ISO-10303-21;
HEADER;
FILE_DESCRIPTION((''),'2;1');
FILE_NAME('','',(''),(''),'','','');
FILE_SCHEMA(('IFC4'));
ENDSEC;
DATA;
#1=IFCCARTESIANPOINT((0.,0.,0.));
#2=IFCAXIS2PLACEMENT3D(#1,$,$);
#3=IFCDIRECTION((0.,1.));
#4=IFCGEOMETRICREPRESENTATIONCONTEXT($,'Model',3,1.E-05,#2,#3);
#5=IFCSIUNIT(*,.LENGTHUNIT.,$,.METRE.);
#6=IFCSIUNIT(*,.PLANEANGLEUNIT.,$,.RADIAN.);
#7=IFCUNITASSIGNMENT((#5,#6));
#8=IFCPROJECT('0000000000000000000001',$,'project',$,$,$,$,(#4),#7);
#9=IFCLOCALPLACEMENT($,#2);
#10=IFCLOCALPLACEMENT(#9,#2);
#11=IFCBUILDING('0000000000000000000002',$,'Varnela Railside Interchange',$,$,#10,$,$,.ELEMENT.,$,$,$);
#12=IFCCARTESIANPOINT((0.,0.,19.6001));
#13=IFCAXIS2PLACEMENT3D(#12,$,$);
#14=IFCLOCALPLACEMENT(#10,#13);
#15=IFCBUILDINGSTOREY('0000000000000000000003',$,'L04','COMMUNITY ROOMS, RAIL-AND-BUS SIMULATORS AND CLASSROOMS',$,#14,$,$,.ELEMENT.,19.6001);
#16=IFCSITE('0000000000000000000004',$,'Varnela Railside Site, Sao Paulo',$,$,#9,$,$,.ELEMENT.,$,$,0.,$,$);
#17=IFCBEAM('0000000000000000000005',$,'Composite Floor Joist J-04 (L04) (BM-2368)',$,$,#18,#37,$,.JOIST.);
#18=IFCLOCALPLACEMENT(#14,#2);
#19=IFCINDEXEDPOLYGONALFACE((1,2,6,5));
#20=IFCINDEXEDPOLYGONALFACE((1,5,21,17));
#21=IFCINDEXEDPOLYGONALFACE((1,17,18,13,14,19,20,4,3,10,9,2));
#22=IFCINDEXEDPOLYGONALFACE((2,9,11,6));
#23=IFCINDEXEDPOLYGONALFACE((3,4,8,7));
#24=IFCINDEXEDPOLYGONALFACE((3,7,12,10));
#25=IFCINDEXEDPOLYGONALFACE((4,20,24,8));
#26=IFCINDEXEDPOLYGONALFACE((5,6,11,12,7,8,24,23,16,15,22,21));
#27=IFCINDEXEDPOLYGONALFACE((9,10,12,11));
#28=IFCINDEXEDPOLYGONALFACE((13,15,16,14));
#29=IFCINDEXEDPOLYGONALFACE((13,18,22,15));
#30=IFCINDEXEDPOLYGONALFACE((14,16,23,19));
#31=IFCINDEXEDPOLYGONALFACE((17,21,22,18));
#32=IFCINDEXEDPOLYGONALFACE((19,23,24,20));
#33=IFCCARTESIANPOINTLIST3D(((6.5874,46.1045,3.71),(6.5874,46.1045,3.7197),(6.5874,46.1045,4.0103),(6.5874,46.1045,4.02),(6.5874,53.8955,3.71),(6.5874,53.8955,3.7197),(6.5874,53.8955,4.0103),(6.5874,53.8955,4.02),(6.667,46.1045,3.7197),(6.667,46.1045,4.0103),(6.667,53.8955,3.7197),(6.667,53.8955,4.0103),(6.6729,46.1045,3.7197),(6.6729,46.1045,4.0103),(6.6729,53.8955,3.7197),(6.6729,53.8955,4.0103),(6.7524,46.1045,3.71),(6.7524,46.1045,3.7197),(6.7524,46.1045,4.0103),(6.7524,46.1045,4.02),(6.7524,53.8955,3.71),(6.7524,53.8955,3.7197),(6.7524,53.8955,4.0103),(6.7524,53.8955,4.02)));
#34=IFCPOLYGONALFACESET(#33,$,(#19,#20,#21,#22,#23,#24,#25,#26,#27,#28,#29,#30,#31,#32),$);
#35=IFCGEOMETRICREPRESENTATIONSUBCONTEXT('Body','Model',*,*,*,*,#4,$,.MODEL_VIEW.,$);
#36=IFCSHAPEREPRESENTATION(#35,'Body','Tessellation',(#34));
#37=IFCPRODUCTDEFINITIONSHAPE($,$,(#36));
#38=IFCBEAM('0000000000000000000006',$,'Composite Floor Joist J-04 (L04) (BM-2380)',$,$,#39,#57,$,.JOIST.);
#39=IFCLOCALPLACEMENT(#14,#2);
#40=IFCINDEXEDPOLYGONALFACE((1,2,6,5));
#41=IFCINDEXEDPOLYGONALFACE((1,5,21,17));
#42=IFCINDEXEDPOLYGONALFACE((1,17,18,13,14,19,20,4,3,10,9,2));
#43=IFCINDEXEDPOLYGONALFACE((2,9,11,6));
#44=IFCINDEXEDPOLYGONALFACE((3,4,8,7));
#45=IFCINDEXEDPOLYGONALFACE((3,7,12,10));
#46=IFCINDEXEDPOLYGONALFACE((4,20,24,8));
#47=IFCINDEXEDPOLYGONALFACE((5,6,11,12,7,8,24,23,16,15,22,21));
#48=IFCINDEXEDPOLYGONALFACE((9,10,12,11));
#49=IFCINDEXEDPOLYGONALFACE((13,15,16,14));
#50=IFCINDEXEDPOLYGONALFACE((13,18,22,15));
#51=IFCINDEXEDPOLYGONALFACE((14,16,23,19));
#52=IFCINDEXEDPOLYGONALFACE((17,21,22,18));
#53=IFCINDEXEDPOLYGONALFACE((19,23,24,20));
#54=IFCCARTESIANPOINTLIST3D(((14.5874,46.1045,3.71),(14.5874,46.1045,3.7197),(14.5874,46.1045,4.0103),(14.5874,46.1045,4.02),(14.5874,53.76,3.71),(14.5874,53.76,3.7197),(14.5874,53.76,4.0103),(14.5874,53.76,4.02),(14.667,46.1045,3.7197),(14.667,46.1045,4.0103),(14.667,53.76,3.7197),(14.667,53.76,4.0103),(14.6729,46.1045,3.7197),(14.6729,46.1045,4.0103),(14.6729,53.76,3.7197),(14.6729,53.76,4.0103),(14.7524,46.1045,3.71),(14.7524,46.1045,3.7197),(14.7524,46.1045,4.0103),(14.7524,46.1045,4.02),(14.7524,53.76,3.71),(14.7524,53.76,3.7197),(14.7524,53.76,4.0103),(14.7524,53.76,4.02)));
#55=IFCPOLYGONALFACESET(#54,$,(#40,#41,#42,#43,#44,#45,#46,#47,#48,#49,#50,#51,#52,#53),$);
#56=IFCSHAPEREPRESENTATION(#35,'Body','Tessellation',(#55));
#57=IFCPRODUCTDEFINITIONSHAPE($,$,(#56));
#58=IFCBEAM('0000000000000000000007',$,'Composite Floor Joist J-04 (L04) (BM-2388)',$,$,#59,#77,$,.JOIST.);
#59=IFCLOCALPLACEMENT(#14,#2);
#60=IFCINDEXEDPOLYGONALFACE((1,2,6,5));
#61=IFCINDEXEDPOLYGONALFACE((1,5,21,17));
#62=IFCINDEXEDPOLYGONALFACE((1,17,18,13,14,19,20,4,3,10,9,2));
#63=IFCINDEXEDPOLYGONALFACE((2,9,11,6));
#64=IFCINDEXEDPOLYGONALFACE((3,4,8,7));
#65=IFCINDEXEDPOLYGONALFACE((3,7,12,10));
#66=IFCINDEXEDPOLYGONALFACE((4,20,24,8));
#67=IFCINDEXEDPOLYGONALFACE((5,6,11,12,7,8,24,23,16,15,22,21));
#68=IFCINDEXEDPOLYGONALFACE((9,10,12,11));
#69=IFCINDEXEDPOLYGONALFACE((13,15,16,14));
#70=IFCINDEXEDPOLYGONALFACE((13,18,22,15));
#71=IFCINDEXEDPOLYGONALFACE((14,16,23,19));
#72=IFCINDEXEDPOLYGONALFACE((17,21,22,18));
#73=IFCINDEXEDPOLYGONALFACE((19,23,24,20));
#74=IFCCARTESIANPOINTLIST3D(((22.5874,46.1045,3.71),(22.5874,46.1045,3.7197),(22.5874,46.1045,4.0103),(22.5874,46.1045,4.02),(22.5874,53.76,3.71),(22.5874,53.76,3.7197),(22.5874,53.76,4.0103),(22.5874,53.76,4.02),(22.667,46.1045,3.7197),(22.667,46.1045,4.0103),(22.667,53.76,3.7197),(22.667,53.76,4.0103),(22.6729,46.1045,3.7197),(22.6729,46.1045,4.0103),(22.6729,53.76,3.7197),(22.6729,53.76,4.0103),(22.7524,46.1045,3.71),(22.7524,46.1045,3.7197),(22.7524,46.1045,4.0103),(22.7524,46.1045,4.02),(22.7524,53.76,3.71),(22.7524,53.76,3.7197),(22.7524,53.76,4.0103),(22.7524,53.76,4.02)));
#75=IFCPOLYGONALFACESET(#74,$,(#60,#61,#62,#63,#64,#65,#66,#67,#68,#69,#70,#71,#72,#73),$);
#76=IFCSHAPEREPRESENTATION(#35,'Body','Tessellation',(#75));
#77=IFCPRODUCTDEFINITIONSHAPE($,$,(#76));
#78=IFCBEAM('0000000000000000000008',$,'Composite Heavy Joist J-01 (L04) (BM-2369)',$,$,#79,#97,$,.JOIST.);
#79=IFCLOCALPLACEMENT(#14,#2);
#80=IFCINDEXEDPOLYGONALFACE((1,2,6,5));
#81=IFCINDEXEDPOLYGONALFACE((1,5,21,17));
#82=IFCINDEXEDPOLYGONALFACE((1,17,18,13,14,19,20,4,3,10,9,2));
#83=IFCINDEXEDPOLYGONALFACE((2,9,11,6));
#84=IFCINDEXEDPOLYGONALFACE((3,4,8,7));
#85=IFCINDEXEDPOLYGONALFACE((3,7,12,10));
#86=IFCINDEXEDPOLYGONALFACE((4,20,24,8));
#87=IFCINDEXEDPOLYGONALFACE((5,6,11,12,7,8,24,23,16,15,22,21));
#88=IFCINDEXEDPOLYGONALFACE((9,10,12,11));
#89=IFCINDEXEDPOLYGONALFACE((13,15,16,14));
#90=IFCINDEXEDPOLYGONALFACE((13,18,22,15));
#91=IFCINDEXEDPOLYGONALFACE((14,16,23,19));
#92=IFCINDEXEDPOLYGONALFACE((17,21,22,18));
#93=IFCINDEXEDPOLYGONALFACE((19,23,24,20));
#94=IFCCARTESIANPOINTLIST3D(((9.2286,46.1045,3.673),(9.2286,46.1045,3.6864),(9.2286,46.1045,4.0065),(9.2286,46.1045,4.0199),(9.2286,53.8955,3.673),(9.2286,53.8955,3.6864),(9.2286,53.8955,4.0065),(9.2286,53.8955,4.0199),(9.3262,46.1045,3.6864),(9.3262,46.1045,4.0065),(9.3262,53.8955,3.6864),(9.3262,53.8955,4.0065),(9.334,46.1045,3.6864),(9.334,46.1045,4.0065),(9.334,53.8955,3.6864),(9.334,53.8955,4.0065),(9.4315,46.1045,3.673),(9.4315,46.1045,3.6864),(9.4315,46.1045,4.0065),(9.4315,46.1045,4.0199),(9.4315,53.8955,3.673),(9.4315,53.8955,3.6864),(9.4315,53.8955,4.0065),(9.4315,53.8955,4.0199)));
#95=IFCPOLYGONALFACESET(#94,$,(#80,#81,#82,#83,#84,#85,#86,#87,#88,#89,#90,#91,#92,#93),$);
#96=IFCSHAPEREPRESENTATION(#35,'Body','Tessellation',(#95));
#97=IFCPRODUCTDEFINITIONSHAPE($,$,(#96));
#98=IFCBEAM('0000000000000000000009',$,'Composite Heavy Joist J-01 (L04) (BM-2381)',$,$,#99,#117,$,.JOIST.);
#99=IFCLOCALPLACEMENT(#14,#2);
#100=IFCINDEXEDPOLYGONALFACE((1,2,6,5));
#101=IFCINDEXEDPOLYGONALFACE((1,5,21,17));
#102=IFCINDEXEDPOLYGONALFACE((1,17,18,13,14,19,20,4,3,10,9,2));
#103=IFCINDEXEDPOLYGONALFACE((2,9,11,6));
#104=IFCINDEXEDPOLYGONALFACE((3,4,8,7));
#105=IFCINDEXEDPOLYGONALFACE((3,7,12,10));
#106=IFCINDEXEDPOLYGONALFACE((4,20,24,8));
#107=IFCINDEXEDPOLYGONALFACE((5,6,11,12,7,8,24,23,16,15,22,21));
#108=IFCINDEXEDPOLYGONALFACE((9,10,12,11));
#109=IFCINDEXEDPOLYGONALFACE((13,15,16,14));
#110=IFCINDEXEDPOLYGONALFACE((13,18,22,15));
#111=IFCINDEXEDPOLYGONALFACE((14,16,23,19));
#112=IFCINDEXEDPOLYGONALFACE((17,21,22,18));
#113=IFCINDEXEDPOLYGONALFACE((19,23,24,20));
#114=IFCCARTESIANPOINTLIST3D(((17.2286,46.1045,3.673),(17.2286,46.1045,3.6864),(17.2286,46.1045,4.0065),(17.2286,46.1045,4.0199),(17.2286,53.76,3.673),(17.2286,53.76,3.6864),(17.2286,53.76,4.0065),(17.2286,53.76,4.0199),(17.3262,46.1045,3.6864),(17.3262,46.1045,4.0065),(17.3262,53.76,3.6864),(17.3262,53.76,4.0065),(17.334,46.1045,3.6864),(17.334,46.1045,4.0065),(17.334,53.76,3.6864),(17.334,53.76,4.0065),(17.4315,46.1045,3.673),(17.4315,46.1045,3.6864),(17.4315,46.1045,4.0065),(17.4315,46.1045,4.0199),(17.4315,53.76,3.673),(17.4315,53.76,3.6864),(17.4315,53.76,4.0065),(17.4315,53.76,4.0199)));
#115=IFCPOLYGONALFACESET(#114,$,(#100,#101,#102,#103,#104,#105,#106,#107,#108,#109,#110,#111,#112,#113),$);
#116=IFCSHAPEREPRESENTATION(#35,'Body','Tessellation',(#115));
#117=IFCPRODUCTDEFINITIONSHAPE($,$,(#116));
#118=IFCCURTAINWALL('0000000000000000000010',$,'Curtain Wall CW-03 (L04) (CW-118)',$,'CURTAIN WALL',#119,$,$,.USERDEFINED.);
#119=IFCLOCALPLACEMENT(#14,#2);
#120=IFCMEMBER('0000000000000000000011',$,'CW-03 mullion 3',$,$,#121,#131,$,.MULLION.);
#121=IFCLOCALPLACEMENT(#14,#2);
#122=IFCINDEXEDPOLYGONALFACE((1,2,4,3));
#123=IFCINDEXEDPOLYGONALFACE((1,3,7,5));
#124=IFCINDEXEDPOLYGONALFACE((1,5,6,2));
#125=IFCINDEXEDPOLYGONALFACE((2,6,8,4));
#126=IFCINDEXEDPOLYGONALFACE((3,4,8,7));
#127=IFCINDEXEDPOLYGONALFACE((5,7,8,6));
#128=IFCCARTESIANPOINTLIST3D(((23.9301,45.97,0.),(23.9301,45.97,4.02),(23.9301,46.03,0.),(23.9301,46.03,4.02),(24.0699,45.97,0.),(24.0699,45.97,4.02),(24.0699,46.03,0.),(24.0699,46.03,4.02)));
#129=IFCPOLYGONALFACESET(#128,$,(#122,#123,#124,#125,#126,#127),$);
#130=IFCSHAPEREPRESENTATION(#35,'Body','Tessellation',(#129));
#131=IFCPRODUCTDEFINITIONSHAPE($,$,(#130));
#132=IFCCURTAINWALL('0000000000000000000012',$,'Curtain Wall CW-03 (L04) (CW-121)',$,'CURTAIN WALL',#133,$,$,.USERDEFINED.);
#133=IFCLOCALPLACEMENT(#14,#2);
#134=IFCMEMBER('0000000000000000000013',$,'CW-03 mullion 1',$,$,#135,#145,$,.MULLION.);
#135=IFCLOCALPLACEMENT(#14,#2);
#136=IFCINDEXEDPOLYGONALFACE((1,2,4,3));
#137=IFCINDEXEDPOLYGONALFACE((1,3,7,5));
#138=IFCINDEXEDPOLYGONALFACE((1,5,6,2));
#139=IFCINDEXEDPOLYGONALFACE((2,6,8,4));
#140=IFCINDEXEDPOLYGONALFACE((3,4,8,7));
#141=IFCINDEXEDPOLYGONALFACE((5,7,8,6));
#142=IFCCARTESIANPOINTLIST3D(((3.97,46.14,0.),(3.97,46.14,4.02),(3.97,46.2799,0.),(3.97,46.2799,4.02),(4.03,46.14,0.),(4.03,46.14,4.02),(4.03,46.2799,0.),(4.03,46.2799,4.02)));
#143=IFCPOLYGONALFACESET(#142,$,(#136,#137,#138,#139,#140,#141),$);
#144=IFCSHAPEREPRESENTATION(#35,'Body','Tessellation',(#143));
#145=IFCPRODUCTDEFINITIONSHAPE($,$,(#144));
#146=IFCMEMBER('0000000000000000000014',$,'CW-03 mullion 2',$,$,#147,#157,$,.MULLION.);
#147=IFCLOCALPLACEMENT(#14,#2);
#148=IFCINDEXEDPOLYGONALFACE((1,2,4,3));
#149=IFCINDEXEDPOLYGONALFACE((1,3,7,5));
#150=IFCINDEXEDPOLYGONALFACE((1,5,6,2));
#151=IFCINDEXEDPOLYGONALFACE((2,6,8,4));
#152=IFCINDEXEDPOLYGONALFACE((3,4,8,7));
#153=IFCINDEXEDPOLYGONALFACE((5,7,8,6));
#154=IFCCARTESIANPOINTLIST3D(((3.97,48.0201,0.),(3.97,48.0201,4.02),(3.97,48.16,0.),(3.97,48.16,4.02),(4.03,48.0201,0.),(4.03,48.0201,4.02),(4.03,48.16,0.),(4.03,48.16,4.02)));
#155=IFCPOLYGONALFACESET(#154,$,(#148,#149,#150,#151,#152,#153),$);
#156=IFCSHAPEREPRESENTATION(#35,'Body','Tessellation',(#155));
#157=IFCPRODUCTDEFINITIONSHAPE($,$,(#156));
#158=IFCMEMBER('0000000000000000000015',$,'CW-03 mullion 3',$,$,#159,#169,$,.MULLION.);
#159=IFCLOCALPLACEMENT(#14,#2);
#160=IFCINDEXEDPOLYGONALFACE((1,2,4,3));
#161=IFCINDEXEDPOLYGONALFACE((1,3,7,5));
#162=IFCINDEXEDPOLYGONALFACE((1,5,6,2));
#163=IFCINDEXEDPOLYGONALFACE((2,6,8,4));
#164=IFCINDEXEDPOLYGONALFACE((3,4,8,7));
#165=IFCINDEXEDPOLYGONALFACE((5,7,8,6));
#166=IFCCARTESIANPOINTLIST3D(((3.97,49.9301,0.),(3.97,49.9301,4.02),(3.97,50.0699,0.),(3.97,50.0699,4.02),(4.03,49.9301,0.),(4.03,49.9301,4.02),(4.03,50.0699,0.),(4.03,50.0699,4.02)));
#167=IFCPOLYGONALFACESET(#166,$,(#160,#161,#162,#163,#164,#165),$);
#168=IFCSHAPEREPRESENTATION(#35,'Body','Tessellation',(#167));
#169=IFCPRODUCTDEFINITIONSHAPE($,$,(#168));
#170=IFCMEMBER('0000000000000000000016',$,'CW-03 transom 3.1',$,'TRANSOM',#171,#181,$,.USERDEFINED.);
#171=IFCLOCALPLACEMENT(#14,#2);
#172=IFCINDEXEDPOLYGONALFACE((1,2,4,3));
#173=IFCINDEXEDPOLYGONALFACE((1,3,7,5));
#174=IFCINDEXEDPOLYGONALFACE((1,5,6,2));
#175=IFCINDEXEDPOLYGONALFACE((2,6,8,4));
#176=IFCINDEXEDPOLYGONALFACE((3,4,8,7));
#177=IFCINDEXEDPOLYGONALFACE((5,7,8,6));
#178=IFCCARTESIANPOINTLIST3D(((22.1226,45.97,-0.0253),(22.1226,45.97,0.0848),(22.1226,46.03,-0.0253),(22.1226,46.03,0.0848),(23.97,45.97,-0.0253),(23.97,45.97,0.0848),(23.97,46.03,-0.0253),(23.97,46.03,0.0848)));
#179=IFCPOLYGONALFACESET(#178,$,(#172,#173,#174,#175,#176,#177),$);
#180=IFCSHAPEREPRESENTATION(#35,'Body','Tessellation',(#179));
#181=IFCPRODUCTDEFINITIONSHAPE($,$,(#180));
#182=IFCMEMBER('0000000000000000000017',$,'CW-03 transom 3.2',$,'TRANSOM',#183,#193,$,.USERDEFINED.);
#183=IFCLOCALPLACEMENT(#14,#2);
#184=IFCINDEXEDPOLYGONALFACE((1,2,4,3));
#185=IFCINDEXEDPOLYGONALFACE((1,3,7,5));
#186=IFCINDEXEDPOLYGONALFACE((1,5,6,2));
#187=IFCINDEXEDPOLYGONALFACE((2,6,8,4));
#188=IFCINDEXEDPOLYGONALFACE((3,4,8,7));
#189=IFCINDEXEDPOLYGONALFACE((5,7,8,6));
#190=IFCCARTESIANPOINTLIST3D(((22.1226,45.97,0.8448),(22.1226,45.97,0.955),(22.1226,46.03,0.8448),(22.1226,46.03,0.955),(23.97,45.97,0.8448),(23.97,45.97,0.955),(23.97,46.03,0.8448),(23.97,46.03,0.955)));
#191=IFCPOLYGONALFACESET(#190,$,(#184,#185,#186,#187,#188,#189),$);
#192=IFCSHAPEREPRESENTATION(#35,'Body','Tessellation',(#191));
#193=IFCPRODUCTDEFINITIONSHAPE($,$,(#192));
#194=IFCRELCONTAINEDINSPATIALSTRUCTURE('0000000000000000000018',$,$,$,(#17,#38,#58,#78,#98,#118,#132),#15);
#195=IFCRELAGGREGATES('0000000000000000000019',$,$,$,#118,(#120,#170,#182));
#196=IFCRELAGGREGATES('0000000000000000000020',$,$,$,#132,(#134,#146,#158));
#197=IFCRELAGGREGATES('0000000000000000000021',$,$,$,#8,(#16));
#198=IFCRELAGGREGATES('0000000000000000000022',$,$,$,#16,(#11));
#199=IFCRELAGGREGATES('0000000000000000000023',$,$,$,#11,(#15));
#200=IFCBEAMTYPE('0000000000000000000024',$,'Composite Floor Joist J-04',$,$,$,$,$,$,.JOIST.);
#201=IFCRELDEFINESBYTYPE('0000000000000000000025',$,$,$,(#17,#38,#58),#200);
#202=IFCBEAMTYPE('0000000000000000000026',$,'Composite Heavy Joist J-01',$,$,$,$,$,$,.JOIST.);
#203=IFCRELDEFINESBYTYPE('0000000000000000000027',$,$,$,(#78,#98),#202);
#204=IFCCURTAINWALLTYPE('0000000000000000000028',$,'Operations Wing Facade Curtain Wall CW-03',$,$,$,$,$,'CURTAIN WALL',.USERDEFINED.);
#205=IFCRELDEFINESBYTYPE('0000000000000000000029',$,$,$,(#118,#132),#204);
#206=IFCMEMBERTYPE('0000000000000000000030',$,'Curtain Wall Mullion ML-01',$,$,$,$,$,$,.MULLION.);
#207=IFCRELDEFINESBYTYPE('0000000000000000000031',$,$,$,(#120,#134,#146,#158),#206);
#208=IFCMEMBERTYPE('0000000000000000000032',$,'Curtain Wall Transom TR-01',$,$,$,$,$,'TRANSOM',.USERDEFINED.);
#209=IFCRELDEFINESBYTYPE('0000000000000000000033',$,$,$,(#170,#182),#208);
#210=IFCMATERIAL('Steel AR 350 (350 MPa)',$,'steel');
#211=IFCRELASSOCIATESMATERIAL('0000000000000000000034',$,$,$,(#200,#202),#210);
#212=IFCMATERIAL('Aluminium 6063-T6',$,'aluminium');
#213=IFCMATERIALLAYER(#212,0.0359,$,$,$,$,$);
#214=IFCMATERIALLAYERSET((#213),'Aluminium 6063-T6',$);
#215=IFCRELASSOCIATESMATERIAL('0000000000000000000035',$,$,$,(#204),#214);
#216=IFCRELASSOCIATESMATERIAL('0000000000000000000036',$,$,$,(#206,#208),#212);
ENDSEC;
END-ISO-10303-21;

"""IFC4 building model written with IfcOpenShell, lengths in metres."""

from ifc_helpers import new_model, si_unit, direction, frame, origin, origin_2d, place, context, subcontext, project, spatial, rectangle, i_section, extrude, material, layer, layer_set, material_profile, profile_set, type_object, element, aggregate, save


model = new_model("IFC4")

# Units and contexts
model_context = context("Model", 3, precision=1e-05, world=origin(), true_north=direction((0.0, 1.0)))
body_context = subcontext(model_context, "Body", "Model", "MODEL_VIEW")
ifc_project = project(units=[si_unit("LENGTHUNIT", "METRE"), si_unit("PLANEANGLEUNIT", "RADIAN")], contexts=[model_context])

# Site, building, storey
site_placement = place(None, origin())
site = spatial("IfcSite", under=ifc_project, at=site_placement, Name="Varnela Railside Site, Sao Paulo", CompositionType="ELEMENT", RefElevation=0.0)
building_placement = place(site_placement, origin())
building = spatial("IfcBuilding", under=site, at=building_placement, Name="Varnela Railside Interchange", CompositionType="ELEMENT")
storey_placement = place(building_placement, frame((0.0, 0.0, 19.6001)))
storey = spatial("IfcBuildingStorey", under=building, at=storey_placement, Name="L04", Description="COMMUNITY ROOMS, RAIL-AND-BUS SIMULATORS AND CLASSROOMS", CompositionType="ELEMENT", Elevation=19.6001)

# Beams
ifc_material_1 = material(Name="Steel AR 350 (350 MPa)", Category="steel")
ifc_material_profile_1 = material_profile(ifc_material_1, i_section(OverallWidth=0.165, OverallDepth=0.3101, WebThickness=0.0059, FlangeThickness=0.0098, at=origin_2d()), Name="W310x38.7")
ifc_profile_set_1 = profile_set([ifc_material_profile_1], Name="Steel AR 350 (350 MPa)")
beam_type_1 = type_object("IfcBeamType", Name="Composite Floor Joist J-04", PredefinedType="JOIST", material=ifc_profile_set_1)
beam_1_placement = place(storey_placement, frame((6.6699, 46.1045, 3.865), z_axis=(0.0, 1.0, 0.0), x_axis=(-1.0, 0.0, 0.0)))
element("IfcBeam", 1, at=beam_1_placement, inside=storey, type_object=beam_type_1, Name="Composite Floor Joist J-04 (L04) (BM-2368)", PredefinedType="JOIST", context=body_context, shape_type="SweptSolid", body=[
    extrude(i_section(OverallWidth=0.165, OverallDepth=0.3101, WebThickness=0.0059, FlangeThickness=0.0098, at=origin_2d()), origin(), (0.0, 0.0, 1.0), 7.791),
])
for number, where, z_axis, x_axis, name in (
    (2, (14.6699, 46.1045, 3.865), (0.0, 1.0, 0.0), (-1.0, 0.0, 0.0), "Composite Floor Joist J-04 (L04) (BM-2380)"),
    (3, (22.6699, 46.1045, 3.865), (0.0, 1.0, 0.0), (-1.0, 0.0, 0.0), "Composite Floor Joist J-04 (L04) (BM-2388)"),
):
    element("IfcBeam", number, at=place(storey_placement, frame(where, z_axis=z_axis, x_axis=x_axis)), inside=storey, type_object=beam_type_1, Name=name, PredefinedType="JOIST", context=body_context, shape_type="SweptSolid", body=[
        extrude(i_section(OverallWidth=0.165, OverallDepth=0.3101, WebThickness=0.0059, FlangeThickness=0.0098, at=origin_2d()), origin(), (0.0, 0.0, 1.0), 7.6555),
    ])
ifc_material_profile_2 = material_profile(ifc_material_1, i_section(OverallWidth=0.2029, OverallDepth=0.3469, WebThickness=0.0078, FlangeThickness=0.0134, at=origin_2d()), Name="W360x64")
ifc_profile_set_2 = profile_set([ifc_material_profile_2], Name="Steel AR 350 (350 MPa)")
beam_type_2 = type_object("IfcBeamType", Name="Composite Heavy Joist J-01", PredefinedType="JOIST", material=ifc_profile_set_2)
beam_2_placement = place(storey_placement, frame((9.3301, 46.1045, 3.8464), z_axis=(0.0, 1.0, 0.0), x_axis=(-1.0, 0.0, 0.0)))
element("IfcBeam", 4, at=beam_2_placement, inside=storey, type_object=beam_type_2, Name="Composite Heavy Joist J-01 (L04) (BM-2369)", PredefinedType="JOIST", context=body_context, shape_type="SweptSolid", body=[
    extrude(i_section(OverallWidth=0.2029, OverallDepth=0.3469, WebThickness=0.0078, FlangeThickness=0.0134, at=origin_2d()), origin(), (0.0, 0.0, 1.0), 7.791),
])
beam_3_placement = place(storey_placement, frame((17.3301, 46.1045, 3.8464), z_axis=(0.0, 1.0, 0.0), x_axis=(-1.0, 0.0, 0.0)))
element("IfcBeam", 5, at=beam_3_placement, inside=storey, type_object=beam_type_2, Name="Composite Heavy Joist J-01 (L04) (BM-2381)", PredefinedType="JOIST", context=body_context, shape_type="SweptSolid", body=[
    extrude(i_section(OverallWidth=0.2029, OverallDepth=0.3469, WebThickness=0.0078, FlangeThickness=0.0134, at=origin_2d()), origin(), (0.0, 0.0, 1.0), 7.6555),
])

# Curtain wall, member
ifc_material_2 = material(Name="Aluminium 6063-T6", Category="aluminium")
ifc_layer_1 = layer(ifc_material_2, 0.0359)
ifc_layer_set_1 = layer_set([ifc_layer_1], Name="Aluminium 6063-T6")
curtain_wall_type = type_object("IfcCurtainWallType", Name="Operations Wing Facade Curtain Wall CW-03", ElementType="CURTAIN WALL", PredefinedType="USERDEFINED", material=ifc_layer_set_1)
curtain_wall_1_placement = place(storey_placement, origin())
curtain_wall_1 = element("IfcCurtainWall", 6, at=curtain_wall_1_placement, inside=storey, type_object=curtain_wall_type, Name="Curtain Wall CW-03 (L04) (CW-118)", ObjectType="CURTAIN WALL", PredefinedType="USERDEFINED")
ifc_material_profile_3 = material_profile(ifc_material_2, rectangle(XDim=0.0601, YDim=0.1399, at=origin_2d()), Name="ALU 60x140")
ifc_profile_set_3 = profile_set([ifc_material_profile_3], Name="Aluminium 6063-T6")
member_type_1 = type_object("IfcMemberType", Name="Curtain Wall Mullion ML-01", PredefinedType="MULLION", material=ifc_profile_set_3)
member_1_placement = place(storey_placement, frame((24.0, 46.0, 0.0), z_axis=(0.0, 0.0, 1.0), x_axis=(0.0, -1.0, 0.0)))
member_1 = element("IfcMember", 7, at=member_1_placement, type_object=member_type_1, Name="CW-03 mullion 3", PredefinedType="MULLION", context=body_context, shape_type="SweptSolid", body=[
    extrude(rectangle(XDim=0.0601, YDim=0.1399, at=origin_2d()), origin(), (0.0, 0.0, 1.0), 4.02),
])

# Curtain wall, members
curtain_wall_2_placement = place(storey_placement, origin())
curtain_wall_2 = element("IfcCurtainWall", 8, at=curtain_wall_2_placement, inside=storey, type_object=curtain_wall_type, Name="Curtain Wall CW-03 (L04) (CW-121)", ObjectType="CURTAIN WALL", PredefinedType="USERDEFINED")
member_2_placement = place(storey_placement, frame((4.0, 46.21, 0.0), z_axis=(0.0, 0.0, 1.0), x_axis=(-1.0, 0.0, 0.0)))
member_2 = element("IfcMember", 9, at=member_2_placement, type_object=member_type_1, Name="CW-03 mullion 1", PredefinedType="MULLION", context=body_context, shape_type="SweptSolid", body=[
    extrude(rectangle(XDim=0.0601, YDim=0.1399, at=origin_2d()), origin(), (0.0, 0.0, 1.0), 4.02),
])
member_3_placement = place(storey_placement, frame((4.0, 48.0901, 0.0), z_axis=(0.0, 0.0, 1.0), x_axis=(-1.0, 0.0, 0.0)))
member_3 = element("IfcMember", 10, at=member_3_placement, type_object=member_type_1, Name="CW-03 mullion 2", PredefinedType="MULLION", context=body_context, shape_type="SweptSolid", body=[
    extrude(rectangle(XDim=0.0601, YDim=0.1399, at=origin_2d()), origin(), (0.0, 0.0, 1.0), 4.02),
])
member_4_placement = place(storey_placement, frame((4.0, 50.0, 0.0), z_axis=(0.0, 0.0, 1.0), x_axis=(-1.0, 0.0, 0.0)))
member_4 = element("IfcMember", 11, at=member_4_placement, type_object=member_type_1, Name="CW-03 mullion 3", PredefinedType="MULLION", context=body_context, shape_type="SweptSolid", body=[
    extrude(rectangle(XDim=0.0601, YDim=0.1399, at=origin_2d()), origin(), (0.0, 0.0, 1.0), 4.02),
])

# Members
ifc_material_profile_4 = material_profile(ifc_material_2, rectangle(XDim=0.0601, YDim=0.1101, at=origin_2d()), Name="ALU 60x110")
ifc_profile_set_4 = profile_set([ifc_material_profile_4], Name="Aluminium 6063-T6")
member_type_2 = type_object("IfcMemberType", Name="Curtain Wall Transom TR-01", ElementType="TRANSOM", PredefinedType="USERDEFINED", material=ifc_profile_set_4)
member_5_placement = place(storey_placement, frame((23.97, 46.0, 0.0298), z_axis=(-1.0, 0.0, 0.0), x_axis=(0.0, -1.0, 0.0)))
member_5 = element("IfcMember", 12, at=member_5_placement, type_object=member_type_2, Name="CW-03 transom 3.1", ObjectType="TRANSOM", PredefinedType="USERDEFINED", context=body_context, shape_type="SweptSolid", body=[
    extrude(rectangle(XDim=0.0601, YDim=0.1101, at=origin_2d()), origin(), (0.0, 0.0, 1.0), 1.8474),
])
member_6_placement = place(storey_placement, frame((23.97, 46.0, 0.8999), z_axis=(-1.0, 0.0, 0.0), x_axis=(0.0, -1.0, 0.0)))
member_6 = element("IfcMember", 13, at=member_6_placement, type_object=member_type_2, Name="CW-03 transom 3.2", ObjectType="TRANSOM", PredefinedType="USERDEFINED", context=body_context, shape_type="SweptSolid", body=[
    extrude(rectangle(XDim=0.0601, YDim=0.1101, at=origin_2d()), origin(), (0.0, 0.0, 1.0), 1.8474),
])

aggregate(curtain_wall_1, [member_1, member_5, member_6])
aggregate(curtain_wall_2, [member_2, member_3, member_4])

save(model, "model.ifc")
